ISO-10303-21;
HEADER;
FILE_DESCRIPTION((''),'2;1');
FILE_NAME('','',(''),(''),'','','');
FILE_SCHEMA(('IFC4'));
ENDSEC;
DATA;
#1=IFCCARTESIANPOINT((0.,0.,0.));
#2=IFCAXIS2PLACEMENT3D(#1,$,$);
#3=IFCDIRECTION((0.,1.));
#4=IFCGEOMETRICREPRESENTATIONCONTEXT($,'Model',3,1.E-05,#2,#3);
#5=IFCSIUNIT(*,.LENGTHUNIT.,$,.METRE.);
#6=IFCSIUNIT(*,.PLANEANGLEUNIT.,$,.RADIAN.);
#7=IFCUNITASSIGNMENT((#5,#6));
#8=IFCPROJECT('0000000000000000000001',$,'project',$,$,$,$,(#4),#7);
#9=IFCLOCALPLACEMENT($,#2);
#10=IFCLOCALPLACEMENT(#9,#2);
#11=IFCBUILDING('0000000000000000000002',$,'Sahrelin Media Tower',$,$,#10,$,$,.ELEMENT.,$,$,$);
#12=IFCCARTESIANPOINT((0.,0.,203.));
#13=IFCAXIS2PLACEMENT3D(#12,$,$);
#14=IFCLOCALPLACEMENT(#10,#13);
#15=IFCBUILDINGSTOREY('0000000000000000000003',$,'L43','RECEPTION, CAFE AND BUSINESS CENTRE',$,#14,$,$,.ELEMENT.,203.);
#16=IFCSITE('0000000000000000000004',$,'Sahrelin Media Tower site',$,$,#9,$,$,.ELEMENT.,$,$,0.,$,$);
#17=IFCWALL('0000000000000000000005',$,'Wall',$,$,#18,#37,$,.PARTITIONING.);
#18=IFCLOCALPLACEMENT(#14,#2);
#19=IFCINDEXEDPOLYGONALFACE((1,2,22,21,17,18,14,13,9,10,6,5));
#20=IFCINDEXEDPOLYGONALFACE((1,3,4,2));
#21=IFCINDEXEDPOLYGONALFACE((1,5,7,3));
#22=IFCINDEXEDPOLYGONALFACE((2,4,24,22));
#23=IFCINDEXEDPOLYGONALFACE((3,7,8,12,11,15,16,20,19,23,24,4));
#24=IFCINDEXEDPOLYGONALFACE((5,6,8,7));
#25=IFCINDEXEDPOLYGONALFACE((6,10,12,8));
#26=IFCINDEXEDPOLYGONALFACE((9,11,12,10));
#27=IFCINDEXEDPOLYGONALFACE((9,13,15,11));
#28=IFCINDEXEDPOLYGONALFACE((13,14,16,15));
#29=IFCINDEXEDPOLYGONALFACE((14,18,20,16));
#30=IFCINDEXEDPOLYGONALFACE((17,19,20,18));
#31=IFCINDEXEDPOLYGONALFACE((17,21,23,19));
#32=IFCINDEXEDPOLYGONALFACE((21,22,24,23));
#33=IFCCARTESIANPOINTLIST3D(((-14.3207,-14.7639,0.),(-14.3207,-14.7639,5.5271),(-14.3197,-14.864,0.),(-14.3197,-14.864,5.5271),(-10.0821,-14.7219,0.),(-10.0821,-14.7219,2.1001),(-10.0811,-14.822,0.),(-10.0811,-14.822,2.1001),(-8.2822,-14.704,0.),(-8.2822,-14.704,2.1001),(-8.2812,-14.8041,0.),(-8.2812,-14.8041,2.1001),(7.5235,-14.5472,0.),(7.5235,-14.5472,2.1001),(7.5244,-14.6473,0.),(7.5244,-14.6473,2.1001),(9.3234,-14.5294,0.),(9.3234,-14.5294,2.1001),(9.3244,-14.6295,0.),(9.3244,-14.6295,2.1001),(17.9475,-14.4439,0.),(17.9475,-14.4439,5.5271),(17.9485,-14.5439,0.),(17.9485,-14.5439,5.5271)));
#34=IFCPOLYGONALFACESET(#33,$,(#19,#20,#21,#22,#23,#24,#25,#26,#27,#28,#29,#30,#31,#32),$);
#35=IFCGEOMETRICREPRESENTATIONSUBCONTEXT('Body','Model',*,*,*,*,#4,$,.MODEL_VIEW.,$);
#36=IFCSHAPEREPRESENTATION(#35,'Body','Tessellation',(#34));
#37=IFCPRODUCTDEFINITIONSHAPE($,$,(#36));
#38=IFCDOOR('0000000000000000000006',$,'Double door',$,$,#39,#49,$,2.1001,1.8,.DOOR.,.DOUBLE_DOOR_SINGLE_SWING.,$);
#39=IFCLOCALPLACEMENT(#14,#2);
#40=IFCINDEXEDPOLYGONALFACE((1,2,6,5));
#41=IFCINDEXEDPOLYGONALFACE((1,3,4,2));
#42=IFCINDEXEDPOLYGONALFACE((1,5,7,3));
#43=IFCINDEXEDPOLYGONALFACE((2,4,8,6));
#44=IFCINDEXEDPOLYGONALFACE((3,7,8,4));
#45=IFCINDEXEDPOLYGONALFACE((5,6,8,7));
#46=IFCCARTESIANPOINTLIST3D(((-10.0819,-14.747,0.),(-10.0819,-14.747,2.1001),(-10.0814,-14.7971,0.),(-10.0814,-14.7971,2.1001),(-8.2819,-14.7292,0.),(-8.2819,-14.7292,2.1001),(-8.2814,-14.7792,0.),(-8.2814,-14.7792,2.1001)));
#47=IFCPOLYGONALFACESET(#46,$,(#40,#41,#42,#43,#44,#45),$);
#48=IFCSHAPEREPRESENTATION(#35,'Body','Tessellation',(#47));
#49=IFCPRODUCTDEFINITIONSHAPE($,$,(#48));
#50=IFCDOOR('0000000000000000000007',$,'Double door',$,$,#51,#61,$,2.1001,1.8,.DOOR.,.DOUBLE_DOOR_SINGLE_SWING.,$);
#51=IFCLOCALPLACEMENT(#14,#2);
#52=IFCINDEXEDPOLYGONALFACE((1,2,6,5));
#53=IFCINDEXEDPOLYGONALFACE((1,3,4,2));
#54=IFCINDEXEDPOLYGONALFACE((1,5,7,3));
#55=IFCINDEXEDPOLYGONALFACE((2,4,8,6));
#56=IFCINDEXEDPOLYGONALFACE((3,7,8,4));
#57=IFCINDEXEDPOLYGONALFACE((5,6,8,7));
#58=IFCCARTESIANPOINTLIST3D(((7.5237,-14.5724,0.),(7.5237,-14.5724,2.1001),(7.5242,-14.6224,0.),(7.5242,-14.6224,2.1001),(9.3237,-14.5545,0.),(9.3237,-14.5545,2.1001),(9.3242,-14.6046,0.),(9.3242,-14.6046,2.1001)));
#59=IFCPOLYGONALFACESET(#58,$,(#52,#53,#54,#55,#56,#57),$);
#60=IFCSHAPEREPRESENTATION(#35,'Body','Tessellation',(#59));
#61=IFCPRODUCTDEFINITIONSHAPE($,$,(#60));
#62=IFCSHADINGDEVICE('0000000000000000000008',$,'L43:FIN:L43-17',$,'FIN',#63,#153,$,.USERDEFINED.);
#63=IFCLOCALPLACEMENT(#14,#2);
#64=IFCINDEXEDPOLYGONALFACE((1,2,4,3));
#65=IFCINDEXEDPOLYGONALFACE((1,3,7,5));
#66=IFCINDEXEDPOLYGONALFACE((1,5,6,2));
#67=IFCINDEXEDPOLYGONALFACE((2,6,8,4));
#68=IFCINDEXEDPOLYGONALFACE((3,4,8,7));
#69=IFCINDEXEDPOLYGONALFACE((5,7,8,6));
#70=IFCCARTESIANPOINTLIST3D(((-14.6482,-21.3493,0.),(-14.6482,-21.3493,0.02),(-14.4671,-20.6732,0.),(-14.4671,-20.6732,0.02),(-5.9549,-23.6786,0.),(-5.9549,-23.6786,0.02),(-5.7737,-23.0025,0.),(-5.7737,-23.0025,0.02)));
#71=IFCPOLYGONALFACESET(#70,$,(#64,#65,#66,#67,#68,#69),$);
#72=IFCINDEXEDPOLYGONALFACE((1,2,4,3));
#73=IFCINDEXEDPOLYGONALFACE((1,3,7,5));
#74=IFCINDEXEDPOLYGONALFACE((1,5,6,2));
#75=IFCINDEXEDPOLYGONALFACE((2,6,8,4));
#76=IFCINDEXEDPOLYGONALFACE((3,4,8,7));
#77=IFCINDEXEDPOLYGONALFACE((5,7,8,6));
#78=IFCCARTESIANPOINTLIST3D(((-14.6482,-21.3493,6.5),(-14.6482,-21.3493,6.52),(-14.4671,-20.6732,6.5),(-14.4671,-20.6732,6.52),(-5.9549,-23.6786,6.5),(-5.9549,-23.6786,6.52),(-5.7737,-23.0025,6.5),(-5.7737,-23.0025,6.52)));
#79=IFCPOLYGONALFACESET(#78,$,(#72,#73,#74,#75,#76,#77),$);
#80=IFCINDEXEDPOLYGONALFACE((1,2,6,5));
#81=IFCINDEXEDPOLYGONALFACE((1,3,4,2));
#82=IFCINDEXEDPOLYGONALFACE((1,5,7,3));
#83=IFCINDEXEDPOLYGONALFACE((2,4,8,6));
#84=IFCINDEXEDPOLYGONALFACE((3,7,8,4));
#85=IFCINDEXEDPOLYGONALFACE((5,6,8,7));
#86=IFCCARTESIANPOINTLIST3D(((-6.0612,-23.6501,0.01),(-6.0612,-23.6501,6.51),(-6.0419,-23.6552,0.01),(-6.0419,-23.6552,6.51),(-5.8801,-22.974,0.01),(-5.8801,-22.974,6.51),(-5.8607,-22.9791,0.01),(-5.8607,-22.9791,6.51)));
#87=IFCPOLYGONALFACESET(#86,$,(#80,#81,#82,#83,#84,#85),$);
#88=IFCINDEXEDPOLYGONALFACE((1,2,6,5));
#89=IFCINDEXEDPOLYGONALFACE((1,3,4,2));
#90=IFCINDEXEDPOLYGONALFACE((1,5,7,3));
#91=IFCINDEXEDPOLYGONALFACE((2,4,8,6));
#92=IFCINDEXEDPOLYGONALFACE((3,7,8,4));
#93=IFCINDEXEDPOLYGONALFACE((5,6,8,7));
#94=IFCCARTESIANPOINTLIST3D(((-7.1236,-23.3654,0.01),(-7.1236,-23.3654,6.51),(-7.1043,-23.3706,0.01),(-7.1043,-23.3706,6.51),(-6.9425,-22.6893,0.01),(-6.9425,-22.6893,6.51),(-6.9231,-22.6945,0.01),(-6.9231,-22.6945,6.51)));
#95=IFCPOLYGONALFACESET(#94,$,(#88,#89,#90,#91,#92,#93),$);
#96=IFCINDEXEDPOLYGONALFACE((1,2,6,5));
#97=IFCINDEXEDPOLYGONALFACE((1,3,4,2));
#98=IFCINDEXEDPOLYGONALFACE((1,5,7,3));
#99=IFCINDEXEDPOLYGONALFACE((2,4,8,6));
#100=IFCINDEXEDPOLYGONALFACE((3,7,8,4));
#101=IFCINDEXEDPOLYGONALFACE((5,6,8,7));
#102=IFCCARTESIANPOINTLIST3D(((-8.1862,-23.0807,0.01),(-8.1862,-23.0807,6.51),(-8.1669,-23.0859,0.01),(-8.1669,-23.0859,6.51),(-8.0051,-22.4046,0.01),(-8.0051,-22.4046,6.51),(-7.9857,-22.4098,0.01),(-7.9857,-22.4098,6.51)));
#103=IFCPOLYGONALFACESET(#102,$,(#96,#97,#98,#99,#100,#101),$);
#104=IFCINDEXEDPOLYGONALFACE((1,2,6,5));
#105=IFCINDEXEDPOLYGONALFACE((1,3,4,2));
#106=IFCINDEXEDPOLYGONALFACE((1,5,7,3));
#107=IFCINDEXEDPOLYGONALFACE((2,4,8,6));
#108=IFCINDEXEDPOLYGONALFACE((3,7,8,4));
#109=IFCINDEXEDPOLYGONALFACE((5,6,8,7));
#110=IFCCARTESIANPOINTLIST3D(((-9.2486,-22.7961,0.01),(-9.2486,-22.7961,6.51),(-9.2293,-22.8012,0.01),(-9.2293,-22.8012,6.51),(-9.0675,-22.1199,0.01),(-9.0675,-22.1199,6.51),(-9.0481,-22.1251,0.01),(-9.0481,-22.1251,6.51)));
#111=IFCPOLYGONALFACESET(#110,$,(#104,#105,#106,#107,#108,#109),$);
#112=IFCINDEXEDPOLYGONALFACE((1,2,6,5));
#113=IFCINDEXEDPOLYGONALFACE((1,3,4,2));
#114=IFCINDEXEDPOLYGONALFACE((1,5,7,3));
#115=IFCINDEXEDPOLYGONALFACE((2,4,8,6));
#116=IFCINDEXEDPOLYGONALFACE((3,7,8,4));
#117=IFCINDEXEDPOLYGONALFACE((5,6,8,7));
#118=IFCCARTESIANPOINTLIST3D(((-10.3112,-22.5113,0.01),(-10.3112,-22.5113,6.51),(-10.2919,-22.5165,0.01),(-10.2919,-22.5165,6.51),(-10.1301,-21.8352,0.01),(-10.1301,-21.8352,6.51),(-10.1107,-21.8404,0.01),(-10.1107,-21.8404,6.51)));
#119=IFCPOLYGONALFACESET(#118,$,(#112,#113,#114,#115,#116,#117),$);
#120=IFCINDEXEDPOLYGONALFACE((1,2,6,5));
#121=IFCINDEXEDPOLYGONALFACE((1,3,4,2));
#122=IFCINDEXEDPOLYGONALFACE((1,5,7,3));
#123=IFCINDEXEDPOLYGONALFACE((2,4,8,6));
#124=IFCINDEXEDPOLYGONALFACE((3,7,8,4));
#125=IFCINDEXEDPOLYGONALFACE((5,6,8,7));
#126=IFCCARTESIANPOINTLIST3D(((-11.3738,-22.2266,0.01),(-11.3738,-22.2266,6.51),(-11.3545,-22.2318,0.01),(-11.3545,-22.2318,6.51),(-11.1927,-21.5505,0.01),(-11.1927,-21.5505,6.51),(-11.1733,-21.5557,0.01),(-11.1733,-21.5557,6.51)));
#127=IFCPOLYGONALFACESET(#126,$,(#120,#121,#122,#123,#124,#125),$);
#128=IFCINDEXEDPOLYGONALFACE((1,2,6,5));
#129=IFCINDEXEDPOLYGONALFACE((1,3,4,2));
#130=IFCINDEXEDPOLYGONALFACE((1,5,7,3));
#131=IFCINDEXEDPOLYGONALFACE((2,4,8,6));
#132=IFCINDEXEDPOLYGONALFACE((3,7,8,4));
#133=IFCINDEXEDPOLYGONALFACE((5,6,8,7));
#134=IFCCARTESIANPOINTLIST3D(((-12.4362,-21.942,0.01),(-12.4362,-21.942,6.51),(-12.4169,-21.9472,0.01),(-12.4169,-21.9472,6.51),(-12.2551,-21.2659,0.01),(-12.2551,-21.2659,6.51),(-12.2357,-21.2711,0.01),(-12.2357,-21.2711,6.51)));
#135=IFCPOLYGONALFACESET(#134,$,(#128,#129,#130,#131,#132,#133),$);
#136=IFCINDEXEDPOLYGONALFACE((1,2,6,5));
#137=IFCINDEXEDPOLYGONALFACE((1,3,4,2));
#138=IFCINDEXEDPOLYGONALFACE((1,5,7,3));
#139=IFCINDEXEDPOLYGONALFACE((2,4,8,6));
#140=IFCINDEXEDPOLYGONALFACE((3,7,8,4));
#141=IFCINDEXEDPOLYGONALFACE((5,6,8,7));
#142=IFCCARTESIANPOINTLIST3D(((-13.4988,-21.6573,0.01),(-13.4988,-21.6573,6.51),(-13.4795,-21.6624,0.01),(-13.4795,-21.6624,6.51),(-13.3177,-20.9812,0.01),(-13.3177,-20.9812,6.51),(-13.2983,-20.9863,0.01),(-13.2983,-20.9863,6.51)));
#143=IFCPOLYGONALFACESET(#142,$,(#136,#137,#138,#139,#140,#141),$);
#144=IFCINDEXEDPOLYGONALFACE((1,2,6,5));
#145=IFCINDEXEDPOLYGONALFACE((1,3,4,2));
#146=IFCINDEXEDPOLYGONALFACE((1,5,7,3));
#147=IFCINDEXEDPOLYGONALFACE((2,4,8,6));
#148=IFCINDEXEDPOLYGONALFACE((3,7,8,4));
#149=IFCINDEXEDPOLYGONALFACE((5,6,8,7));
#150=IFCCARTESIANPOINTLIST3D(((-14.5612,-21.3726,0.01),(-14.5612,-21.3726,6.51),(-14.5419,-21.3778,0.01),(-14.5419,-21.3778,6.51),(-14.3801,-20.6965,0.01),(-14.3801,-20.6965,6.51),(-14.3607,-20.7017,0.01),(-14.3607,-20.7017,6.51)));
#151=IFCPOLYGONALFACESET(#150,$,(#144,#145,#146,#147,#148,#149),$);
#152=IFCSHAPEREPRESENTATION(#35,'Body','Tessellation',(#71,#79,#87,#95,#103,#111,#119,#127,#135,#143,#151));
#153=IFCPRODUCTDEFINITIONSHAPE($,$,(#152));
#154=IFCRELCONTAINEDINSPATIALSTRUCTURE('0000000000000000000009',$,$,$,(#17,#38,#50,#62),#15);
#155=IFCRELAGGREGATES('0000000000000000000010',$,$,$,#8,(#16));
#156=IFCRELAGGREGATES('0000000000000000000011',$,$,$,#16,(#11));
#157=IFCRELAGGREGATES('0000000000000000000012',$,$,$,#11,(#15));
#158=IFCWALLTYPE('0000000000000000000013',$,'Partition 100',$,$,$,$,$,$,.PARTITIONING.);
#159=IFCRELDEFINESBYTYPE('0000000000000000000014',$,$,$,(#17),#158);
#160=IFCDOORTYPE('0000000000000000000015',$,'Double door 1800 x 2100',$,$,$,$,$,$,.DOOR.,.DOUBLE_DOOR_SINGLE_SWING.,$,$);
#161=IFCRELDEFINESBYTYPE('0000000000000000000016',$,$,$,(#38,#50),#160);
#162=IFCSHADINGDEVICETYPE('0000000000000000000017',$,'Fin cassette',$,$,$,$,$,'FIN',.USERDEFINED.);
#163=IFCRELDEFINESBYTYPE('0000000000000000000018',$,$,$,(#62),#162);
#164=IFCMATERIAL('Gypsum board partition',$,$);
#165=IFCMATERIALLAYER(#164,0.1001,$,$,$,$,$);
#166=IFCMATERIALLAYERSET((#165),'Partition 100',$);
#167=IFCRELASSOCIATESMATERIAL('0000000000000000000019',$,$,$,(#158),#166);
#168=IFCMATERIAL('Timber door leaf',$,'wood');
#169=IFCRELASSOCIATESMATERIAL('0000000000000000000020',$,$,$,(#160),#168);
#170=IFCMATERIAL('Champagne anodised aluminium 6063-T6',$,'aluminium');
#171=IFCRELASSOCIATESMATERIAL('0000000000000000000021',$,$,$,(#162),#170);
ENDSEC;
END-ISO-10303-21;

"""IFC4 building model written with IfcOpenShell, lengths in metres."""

from ifc_helpers import new_model, si_unit, direction, frame, frame_2d, origin, origin_2d, place, context, subcontext, project, spatial, rectangle, extrude, material, layer, layer_set, type_object, element, fill, save


model = new_model("IFC4")

# Units and contexts
model_context = context("Model", 3, precision=1e-05, world=origin(), true_north=direction((0.0, 1.0)))
body_context = subcontext(model_context, "Body", "Model", "MODEL_VIEW")
ifc_project = project(units=[si_unit("LENGTHUNIT", "METRE"), si_unit("PLANEANGLEUNIT", "RADIAN")], contexts=[model_context])

# Site, building, storey
site_placement = place(None, origin())
site = spatial("IfcSite", under=ifc_project, at=site_placement, Name="Sahrelin Media Tower site", CompositionType="ELEMENT", RefElevation=0.0)
building_placement = place(site_placement, origin())
building = spatial("IfcBuilding", under=site, at=building_placement, Name="Sahrelin Media Tower", CompositionType="ELEMENT")
storey_placement = place(building_placement, frame((0.0, 0.0, 203.0)))
storey = spatial("IfcBuildingStorey", under=building, at=storey_placement, Name="L43", Description="RECEPTION, CAFE AND BUSINESS CENTRE", CompositionType="ELEMENT", Elevation=203.0)

# Shared definitions
ifc_material_1 = material(Name="Champagne anodised aluminium 6063-T6", Category="aluminium")

# Wall, openings, doors
ifc_material_2 = material(Name="Gypsum board partition")
ifc_layer_1 = layer(ifc_material_2, 0.1001)
ifc_layer_set_1 = layer_set([ifc_layer_1], Name="Partition 100")
wall_type_1 = type_object("IfcWallType", Name="Partition 100", PredefinedType="PARTITIONING", material=ifc_layer_set_1)
wall_1_placement = place(storey_placement, frame((-14.3201, -14.814, 0.0), z_axis=(0.0, 0.0, 1.0), x_axis=(0.999951, 0.009919, 0.0)))
wall_1 = element("IfcWall", 1, at=wall_1_placement, inside=storey, type_object=wall_type_1, Name="Wall", PredefinedType="PARTITIONING", context=body_context, shape_type="SweptSolid", body=[
    extrude(rectangle(XDim=32.2698, YDim=0.1001, at=frame_2d((16.1348, 0.0))), origin(), (0.0, 0.0, 1.0), 5.5271),
])
opening_1_placement = place(wall_1_placement, frame((4.2388, 0.0, 0.0)))
opening_1 = element("IfcOpeningElement", 2, at=opening_1_placement, cuts=wall_1, PredefinedType="OPENING", context=body_context, shape_type="SweptSolid", body=[
    extrude(rectangle(XDim=1.8, YDim=2.1001, at=frame_2d((0.8999, 1.05))), frame((0.0, 0.05, 0.0), z_axis=(0.0, -1.0, 0.0), x_axis=(1.0, 0.0, 0.0)), (0.0, 0.0, 1.0), 0.1001),
])
opening_2_placement = place(wall_1_placement, frame((21.8452, 0.0, 0.0)))
opening_2 = element("IfcOpeningElement", 3, at=opening_2_placement, cuts=wall_1, PredefinedType="OPENING", context=body_context, shape_type="SweptSolid", body=[
    extrude(rectangle(XDim=1.8, YDim=2.1001, at=frame_2d((0.8999, 1.05))), frame((0.0, 0.05, 0.0), z_axis=(0.0, -1.0, 0.0), x_axis=(1.0, 0.0, 0.0)), (0.0, 0.0, 1.0), 0.1001),
])
ifc_material_3 = material(Name="Timber door leaf", Category="wood")
door_type_1 = type_object("IfcDoorType", Name="Double door 1800 x 2100", OperationType="DOUBLE_DOOR_SINGLE_SWING", PredefinedType="DOOR", material=ifc_material_3)
door_1_placement = place(opening_1_placement, origin())
door_1 = element("IfcDoor", 4, at=door_1_placement, inside=storey, type_object=door_type_1, Name="Double door", OperationType="DOUBLE_DOOR_SINGLE_SWING", OverallHeight=2.1001, OverallWidth=1.8, PredefinedType="DOOR", context=body_context, shape_type="SweptSolid", body=[
    extrude(rectangle(XDim=1.8, YDim=2.1001, at=frame_2d((0.8999, 1.05))), frame((0.0, 0.0249, 0.0), z_axis=(0.0, -1.0, 0.0), x_axis=(1.0, 0.0, 0.0)), (0.0, 0.0, 1.0), 0.05),
])
fill(opening_1, door_1)
door_2_placement = place(opening_2_placement, origin())
door_2 = element("IfcDoor", 5, at=door_2_placement, inside=storey, type_object=door_type_1, Name="Double door", OperationType="DOUBLE_DOOR_SINGLE_SWING", OverallHeight=2.1001, OverallWidth=1.8, PredefinedType="DOOR", context=body_context, shape_type="SweptSolid", body=[
    extrude(rectangle(XDim=1.8, YDim=2.1001, at=frame_2d((0.8999, 1.05))), frame((0.0, 0.0249, 0.0), z_axis=(0.0, -1.0, 0.0), x_axis=(1.0, 0.0, 0.0)), (0.0, 0.0, 1.0), 0.05),
])
fill(opening_2, door_2)

# Shading device
shading_device_type_1 = type_object("IfcShadingDeviceType", Name="Fin cassette", ElementType="FIN", PredefinedType="USERDEFINED", material=ifc_material_1)
placement_1 = place(storey_placement, frame((-10.1023, -21.7703, 0.0), z_axis=(0.0, 0.0, 1.0), x_axis=(-0.965929, 0.258808, 0.0)))
element("IfcShadingDevice", 6, at=placement_1, inside=storey, type_object=shading_device_type_1, Name="L43:FIN:L43-17", ObjectType="FIN", PredefinedType="USERDEFINED", context=body_context, shape_type="SweptSolid", body=[
    extrude(rectangle(XDim=9.0, YDim=0.7, at=origin_2d()), frame((0.0, 0.4199, 0.0)), (0.0, 0.0, 1.0), 0.02),
    extrude(rectangle(XDim=9.0, YDim=0.7, at=origin_2d()), frame((0.0, 0.4199, 6.5)), (0.0, 0.0, 1.0), 0.02),
    extrude(rectangle(XDim=0.02, YDim=0.7, at=origin_2d()), frame((-4.3999, 0.4199, 0.01), z_axis=(0.0, 0.0, 1.0), x_axis=(1.0, 0.0, 0.0)), (0.0, 0.0, 1.0), 6.5),
    extrude(rectangle(XDim=0.02, YDim=0.7, at=origin_2d()), frame((-3.3, 0.4199, 0.01), z_axis=(0.0, 0.0, 1.0), x_axis=(1.0, 0.0, 0.0)), (0.0, 0.0, 1.0), 6.5),
    extrude(rectangle(XDim=0.02, YDim=0.7, at=origin_2d()), frame((-2.2, 0.4199, 0.01), z_axis=(0.0, 0.0, 1.0), x_axis=(1.0, 0.0, 0.0)), (0.0, 0.0, 1.0), 6.5),
    extrude(rectangle(XDim=0.02, YDim=0.7, at=origin_2d()), frame((-1.1001, 0.4199, 0.01), z_axis=(0.0, 0.0, 1.0), x_axis=(1.0, 0.0, 0.0)), (0.0, 0.0, 1.0), 6.5),
    extrude(rectangle(XDim=0.02, YDim=0.7, at=origin_2d()), frame((0.0, 0.4199, 0.01), z_axis=(0.0, 0.0, 1.0), x_axis=(1.0, 0.0, 0.0)), (0.0, 0.0, 1.0), 6.5),
    extrude(rectangle(XDim=0.02, YDim=0.7, at=origin_2d()), frame((1.1001, 0.4199, 0.01), z_axis=(0.0, 0.0, 1.0), x_axis=(1.0, 0.0, 0.0)), (0.0, 0.0, 1.0), 6.5),
    extrude(rectangle(XDim=0.02, YDim=0.7, at=origin_2d()), frame((2.2, 0.4199, 0.01), z_axis=(0.0, 0.0, 1.0), x_axis=(1.0, 0.0, 0.0)), (0.0, 0.0, 1.0), 6.5),
    extrude(rectangle(XDim=0.02, YDim=0.7, at=origin_2d()), frame((3.3, 0.4199, 0.01), z_axis=(0.0, 0.0, 1.0), x_axis=(1.0, 0.0, 0.0)), (0.0, 0.0, 1.0), 6.5),
    extrude(rectangle(XDim=0.02, YDim=0.7, at=origin_2d()), frame((4.3999, 0.4199, 0.01), z_axis=(0.0, 0.0, 1.0), x_axis=(1.0, 0.0, 0.0)), (0.0, 0.0, 1.0), 6.5),
])

save(model, "model.ifc")
